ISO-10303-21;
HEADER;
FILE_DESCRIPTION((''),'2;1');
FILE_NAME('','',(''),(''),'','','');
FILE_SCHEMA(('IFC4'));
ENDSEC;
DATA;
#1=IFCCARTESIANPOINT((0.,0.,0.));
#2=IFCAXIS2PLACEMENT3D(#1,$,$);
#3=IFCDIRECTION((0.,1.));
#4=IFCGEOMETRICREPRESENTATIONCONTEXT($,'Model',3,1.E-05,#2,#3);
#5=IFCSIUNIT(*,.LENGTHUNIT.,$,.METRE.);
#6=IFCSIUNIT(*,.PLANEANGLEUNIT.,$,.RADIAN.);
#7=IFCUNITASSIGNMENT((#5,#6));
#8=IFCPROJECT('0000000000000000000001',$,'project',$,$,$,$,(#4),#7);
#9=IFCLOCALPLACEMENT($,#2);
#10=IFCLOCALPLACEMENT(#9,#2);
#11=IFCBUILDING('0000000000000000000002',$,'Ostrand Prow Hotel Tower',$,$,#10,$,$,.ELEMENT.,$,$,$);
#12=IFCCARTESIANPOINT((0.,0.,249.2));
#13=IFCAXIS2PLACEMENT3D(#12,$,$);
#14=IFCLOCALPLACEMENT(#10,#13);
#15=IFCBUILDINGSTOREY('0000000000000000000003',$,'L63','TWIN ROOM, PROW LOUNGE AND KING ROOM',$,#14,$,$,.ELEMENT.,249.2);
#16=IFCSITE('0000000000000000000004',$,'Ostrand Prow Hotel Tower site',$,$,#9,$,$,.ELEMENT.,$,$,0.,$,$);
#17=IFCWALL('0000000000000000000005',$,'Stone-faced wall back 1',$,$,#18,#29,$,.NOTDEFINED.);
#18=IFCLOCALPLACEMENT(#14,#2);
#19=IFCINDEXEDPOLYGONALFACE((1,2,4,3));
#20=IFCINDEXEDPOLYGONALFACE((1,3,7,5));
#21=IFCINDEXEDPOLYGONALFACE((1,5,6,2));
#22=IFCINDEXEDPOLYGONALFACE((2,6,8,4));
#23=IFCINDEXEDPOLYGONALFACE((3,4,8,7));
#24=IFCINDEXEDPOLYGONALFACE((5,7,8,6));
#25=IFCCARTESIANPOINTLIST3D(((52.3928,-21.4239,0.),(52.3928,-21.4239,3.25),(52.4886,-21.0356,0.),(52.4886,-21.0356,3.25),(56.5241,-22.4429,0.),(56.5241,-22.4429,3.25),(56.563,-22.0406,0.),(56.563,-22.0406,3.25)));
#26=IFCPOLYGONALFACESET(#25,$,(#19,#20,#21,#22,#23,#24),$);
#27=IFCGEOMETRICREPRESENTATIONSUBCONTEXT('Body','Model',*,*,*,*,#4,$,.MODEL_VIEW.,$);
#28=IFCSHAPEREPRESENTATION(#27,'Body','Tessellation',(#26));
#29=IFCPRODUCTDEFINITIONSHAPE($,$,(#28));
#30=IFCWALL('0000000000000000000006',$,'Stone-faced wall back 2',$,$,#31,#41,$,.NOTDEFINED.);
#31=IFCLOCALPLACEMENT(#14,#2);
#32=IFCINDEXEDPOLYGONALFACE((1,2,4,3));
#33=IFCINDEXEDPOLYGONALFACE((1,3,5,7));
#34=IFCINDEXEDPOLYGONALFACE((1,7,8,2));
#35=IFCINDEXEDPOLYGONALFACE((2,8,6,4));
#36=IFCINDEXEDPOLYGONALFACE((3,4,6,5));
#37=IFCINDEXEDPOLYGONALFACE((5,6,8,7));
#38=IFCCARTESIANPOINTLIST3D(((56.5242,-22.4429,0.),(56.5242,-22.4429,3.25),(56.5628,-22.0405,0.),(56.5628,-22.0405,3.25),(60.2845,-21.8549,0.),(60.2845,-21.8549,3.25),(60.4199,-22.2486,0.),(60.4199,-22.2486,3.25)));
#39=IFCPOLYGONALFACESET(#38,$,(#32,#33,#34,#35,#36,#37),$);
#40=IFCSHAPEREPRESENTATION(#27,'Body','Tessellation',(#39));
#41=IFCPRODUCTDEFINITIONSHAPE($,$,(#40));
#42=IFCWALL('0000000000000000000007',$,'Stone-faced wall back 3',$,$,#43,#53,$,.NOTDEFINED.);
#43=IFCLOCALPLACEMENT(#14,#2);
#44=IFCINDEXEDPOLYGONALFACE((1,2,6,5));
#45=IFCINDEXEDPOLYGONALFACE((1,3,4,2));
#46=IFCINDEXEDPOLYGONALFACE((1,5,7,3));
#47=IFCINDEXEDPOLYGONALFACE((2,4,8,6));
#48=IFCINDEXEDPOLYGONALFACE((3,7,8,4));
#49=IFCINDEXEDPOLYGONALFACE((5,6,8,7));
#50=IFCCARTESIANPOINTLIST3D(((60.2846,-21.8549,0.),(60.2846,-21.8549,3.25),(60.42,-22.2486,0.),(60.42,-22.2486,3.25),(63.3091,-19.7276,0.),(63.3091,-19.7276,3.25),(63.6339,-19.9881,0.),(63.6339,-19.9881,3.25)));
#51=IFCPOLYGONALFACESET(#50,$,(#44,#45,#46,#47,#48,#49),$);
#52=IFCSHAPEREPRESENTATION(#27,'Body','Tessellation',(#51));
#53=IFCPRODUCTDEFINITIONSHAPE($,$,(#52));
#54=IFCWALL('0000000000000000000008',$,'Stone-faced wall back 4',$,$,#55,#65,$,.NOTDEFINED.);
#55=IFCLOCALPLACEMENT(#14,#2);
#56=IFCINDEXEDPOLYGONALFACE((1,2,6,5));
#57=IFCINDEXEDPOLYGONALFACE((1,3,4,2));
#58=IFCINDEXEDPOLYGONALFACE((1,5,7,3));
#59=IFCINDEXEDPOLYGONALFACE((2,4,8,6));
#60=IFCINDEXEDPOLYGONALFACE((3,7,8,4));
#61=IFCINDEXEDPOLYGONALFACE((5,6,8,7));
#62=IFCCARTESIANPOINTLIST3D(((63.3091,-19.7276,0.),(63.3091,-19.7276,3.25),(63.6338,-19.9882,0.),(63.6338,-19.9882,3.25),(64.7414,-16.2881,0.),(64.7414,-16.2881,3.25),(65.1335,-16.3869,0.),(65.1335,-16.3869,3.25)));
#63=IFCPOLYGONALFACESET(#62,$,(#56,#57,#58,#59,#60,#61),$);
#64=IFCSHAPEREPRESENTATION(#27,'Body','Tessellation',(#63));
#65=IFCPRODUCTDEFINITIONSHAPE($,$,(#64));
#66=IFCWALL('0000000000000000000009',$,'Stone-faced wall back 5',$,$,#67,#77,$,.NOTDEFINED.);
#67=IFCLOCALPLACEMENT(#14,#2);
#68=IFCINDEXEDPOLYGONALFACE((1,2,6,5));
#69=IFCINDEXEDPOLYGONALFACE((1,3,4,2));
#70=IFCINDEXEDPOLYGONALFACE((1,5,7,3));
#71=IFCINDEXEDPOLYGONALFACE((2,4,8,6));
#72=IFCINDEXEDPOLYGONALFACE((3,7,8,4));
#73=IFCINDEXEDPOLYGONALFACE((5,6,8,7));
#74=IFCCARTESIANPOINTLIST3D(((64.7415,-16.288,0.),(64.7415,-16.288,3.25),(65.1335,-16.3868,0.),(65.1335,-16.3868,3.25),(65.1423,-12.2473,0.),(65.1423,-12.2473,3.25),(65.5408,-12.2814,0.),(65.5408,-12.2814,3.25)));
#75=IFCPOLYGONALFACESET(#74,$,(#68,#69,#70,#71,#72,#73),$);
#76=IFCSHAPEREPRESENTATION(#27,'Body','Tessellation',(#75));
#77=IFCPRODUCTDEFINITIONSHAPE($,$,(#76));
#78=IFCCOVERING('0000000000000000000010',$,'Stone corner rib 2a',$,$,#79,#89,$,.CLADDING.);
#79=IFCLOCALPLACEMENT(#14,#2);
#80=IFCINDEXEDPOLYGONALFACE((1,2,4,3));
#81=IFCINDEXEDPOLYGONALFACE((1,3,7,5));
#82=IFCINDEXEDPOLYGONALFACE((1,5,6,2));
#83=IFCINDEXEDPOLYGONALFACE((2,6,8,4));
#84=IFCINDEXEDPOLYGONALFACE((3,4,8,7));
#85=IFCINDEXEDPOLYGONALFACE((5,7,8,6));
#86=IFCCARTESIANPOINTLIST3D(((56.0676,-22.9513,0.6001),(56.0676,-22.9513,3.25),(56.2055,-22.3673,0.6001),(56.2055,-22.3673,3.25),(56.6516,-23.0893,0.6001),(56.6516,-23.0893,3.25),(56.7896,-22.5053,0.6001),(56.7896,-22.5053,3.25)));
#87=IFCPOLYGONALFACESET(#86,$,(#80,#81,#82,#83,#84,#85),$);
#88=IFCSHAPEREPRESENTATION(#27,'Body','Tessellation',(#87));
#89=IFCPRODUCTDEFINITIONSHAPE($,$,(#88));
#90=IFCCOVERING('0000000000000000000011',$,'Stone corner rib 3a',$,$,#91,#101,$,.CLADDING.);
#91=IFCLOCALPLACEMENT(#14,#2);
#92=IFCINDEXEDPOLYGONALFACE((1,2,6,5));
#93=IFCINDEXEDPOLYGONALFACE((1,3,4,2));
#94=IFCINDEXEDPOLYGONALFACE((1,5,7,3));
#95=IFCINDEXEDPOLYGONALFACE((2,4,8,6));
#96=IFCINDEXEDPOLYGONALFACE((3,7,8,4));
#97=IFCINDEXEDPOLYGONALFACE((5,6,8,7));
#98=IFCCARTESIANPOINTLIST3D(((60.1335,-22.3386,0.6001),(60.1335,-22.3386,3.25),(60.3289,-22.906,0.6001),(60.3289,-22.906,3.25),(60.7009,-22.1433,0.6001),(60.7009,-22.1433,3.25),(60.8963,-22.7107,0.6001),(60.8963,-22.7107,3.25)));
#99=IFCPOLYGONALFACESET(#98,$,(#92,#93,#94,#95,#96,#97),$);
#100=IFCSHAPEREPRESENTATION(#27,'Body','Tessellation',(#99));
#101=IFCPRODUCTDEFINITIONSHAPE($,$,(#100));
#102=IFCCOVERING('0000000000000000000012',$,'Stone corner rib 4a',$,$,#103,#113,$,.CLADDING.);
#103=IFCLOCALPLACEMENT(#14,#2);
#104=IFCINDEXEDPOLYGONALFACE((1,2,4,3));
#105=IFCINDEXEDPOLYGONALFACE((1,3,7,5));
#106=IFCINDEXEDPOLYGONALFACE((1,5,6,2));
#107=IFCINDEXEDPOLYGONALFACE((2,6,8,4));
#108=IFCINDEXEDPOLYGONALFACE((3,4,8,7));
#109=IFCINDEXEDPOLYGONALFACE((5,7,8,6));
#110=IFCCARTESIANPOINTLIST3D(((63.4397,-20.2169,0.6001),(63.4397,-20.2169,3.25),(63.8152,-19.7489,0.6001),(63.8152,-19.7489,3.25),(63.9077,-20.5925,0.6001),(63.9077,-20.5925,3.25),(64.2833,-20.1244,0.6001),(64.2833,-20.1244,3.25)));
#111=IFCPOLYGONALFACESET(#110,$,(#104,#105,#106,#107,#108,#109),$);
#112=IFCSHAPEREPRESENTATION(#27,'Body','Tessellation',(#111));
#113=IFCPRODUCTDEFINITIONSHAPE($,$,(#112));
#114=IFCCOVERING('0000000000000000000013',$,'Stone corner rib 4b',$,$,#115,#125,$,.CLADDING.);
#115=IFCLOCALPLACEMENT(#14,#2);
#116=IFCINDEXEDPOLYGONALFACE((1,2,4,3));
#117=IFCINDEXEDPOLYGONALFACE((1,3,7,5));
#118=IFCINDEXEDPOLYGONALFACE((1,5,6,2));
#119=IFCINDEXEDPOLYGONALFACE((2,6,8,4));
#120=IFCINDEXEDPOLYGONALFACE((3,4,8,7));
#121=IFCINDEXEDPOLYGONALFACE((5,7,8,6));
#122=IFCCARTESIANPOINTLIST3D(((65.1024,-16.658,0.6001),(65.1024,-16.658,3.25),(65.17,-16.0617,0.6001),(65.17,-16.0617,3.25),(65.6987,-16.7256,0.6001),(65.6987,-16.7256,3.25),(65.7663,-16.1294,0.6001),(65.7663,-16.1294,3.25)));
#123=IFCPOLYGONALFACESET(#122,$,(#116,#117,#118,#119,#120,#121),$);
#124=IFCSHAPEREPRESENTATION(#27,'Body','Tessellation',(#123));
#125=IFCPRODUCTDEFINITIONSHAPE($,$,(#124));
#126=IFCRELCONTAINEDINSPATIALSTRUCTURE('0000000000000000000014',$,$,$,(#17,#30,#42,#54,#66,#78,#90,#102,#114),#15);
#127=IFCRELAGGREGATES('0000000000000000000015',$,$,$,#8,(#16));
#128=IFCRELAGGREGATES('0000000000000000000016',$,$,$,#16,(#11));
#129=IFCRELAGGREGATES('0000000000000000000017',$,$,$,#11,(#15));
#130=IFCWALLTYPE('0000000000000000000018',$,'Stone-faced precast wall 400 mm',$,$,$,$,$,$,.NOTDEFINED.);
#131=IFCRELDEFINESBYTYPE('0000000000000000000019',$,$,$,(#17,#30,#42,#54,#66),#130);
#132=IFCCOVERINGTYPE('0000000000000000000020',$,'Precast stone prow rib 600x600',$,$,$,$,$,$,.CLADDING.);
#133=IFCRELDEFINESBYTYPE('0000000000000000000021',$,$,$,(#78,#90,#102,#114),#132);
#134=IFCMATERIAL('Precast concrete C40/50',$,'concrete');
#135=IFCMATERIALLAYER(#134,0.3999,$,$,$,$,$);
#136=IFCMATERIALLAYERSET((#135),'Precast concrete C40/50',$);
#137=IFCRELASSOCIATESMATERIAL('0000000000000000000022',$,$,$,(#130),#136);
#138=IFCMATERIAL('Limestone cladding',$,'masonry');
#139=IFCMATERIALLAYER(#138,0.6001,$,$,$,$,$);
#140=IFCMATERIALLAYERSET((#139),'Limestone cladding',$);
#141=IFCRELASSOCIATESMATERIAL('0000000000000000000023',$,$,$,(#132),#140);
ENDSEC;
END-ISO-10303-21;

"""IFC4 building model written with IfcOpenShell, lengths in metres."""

from ifc_helpers import new_model, si_unit, direction, frame, frame_2d, origin, place, context, subcontext, project, spatial, polyline, rectangle, outline, extrude, material, layer, layer_set, type_object, element, save


model = new_model("IFC4")

# Units and contexts
model_context = context("Model", 3, precision=1e-05, world=origin(), true_north=direction((0.0, 1.0)))
body_context = subcontext(model_context, "Body", "Model", "MODEL_VIEW")
ifc_project = project(units=[si_unit("LENGTHUNIT", "METRE"), si_unit("PLANEANGLEUNIT", "RADIAN")], contexts=[model_context])

# Site, building, storey
site_placement = place(None, origin())
site = spatial("IfcSite", under=ifc_project, at=site_placement, Name="Ostrand Prow Hotel Tower site", CompositionType="ELEMENT", RefElevation=0.0)
building_placement = place(site_placement, origin())
building = spatial("IfcBuilding", under=site, at=building_placement, Name="Ostrand Prow Hotel Tower", CompositionType="ELEMENT")
storey_placement = place(building_placement, frame((0.0, 0.0, 249.2)))
storey = spatial("IfcBuildingStorey", under=building, at=storey_placement, Name="L63", Description="TWIN ROOM, PROW LOUNGE AND KING ROOM", CompositionType="ELEMENT", Elevation=249.2)

# Walls
ifc_material_1 = material(Name="Precast concrete C40/50", Category="concrete")
ifc_layer_1 = layer(ifc_material_1, 0.3999)
ifc_layer_set_1 = layer_set([ifc_layer_1], Name="Precast concrete C40/50")
wall_type_1 = type_object("IfcWallType", Name="Stone-faced precast wall 400 mm", PredefinedType="NOTDEFINED", material=ifc_layer_set_1)
wall_1_placement = place(storey_placement, frame((52.4407, -21.2297, 0.0), z_axis=(0.0, 0.0, 1.0), x_axis=(0.970902, -0.239476, 0.0)))
element("IfcWall", 1, at=wall_1_placement, inside=storey, type_object=wall_type_1, Name="Stone-faced wall back 1", PredefinedType="NOTDEFINED", context=body_context, shape_type="SweptSolid", body=[
    extrude(outline(polyline([(0.0, -0.2), (4.2551, -0.2), (4.1965, 0.2), (0.0, 0.2), (0.0, -0.2)])), origin(), (0.0, 0.0, 1.0), 3.25),
])
wall_2_placement = place(storey_placement, frame((56.5435, -22.2417, 0.0), z_axis=(0.0, 0.0, 1.0), x_axis=(0.998759, 0.049807, 0.0)))
element("IfcWall", 2, at=wall_2_placement, inside=storey, type_object=wall_type_1, Name="Stone-faced wall back 2", PredefinedType="NOTDEFINED", context=body_context, shape_type="SweptSolid", body=[
    extrude(outline(polyline([(-0.0293, -0.2), (3.8713, -0.2), (3.7556, 0.2), (0.0293, 0.2), (-0.0293, -0.2)])), origin(), (0.0, 0.0, 1.0), 3.25),
])
wall_3_placement = place(storey_placement, frame((60.3523, -22.0518, 0.0), z_axis=(0.0, 0.0, 1.0), x_axis=(0.817943, 0.5753, 0.0)))
element("IfcWall", 3, at=wall_3_placement, inside=storey, type_object=wall_type_1, Name="Stone-faced wall back 3", PredefinedType="NOTDEFINED", context=body_context, shape_type="SweptSolid", body=[
    extrude(outline(polyline([(-0.0579, -0.2), (3.8713, -0.2), (3.7556, 0.2), (0.0579, 0.2), (-0.0579, -0.2)])), origin(), (0.0, 0.0, 1.0), 3.25),
])
wall_4_placement = place(storey_placement, frame((63.4714, -19.8579, 0.0), z_axis=(0.0, 0.0, 1.0), x_axis=(0.384434, 0.923153, 0.0)))
element("IfcWall", 4, at=wall_4_placement, inside=storey, type_object=wall_type_1, Name="Stone-faced wall back 4", PredefinedType="NOTDEFINED", context=body_context, shape_type="SweptSolid", body=[
    extrude(outline(polyline([(-0.0579, -0.2), (3.8433, -0.2), (3.7837, 0.2), (0.0579, 0.2), (-0.0579, -0.2)])), origin(), (0.0, 0.0, 1.0), 3.25),
])
wall_5_placement = place(storey_placement, frame((64.9375, -16.3374, 0.0), z_axis=(0.0, 0.0, 1.0), x_axis=(0.098718, 0.995115, 0.0)))
element("IfcWall", 5, at=wall_5_placement, inside=storey, type_object=wall_type_1, Name="Stone-faced wall back 5", PredefinedType="NOTDEFINED", context=body_context, shape_type="SweptSolid", body=[
    extrude(outline(polyline([(-0.0298, -0.2), (4.0957, -0.2), (4.0903, 0.2), (0.0298, 0.2), (-0.0298, -0.2)])), origin(), (0.0, 0.0, 1.0), 3.25),
])

# Coverings
ifc_material_2 = material(Name="Limestone cladding", Category="masonry")
ifc_layer_2 = layer(ifc_material_2, 0.6001)
ifc_layer_set_2 = layer_set([ifc_layer_2], Name="Limestone cladding")
covering_type = type_object("IfcCoveringType", Name="Precast stone prow rib 600x600", PredefinedType="CLADDING", material=ifc_layer_set_2)
for number, where, z_axis, x_axis, name in (
    (6, (56.4976, -22.4363, 0.6001), (0.0, 0.0, 1.0), (-0.229878, -0.973219, 0.0), "Stone corner rib 2a"),
    (7, (60.4172, -22.241, 0.6001), (0.0, 0.0, 1.0), (0.325489, -0.945546, 0.0), "Stone corner rib 3a"),
    (8, (63.6274, -19.9829, 0.6001), (0.0, 0.0, 1.0), (0.779995, -0.625786, 0.0), "Stone corner rib 4a"),
    (9, (65.1362, -16.3599, 0.6001), (0.0, 0.0, 1.0), (0.993628, -0.112709, 0.0), "Stone corner rib 4b"),
):
    element("IfcCovering", number, at=place(storey_placement, frame(where, z_axis=z_axis, x_axis=x_axis)), inside=storey, type_object=covering_type, Name=name, PredefinedType="CLADDING", context=body_context, shape_type="SweptSolid", body=[
        extrude(rectangle(XDim=0.6001, YDim=0.6001, at=frame_2d((0.3, 0.0))), origin(), (0.0, 0.0, 1.0), 2.6499),
    ])

save(model, "model.ifc")
